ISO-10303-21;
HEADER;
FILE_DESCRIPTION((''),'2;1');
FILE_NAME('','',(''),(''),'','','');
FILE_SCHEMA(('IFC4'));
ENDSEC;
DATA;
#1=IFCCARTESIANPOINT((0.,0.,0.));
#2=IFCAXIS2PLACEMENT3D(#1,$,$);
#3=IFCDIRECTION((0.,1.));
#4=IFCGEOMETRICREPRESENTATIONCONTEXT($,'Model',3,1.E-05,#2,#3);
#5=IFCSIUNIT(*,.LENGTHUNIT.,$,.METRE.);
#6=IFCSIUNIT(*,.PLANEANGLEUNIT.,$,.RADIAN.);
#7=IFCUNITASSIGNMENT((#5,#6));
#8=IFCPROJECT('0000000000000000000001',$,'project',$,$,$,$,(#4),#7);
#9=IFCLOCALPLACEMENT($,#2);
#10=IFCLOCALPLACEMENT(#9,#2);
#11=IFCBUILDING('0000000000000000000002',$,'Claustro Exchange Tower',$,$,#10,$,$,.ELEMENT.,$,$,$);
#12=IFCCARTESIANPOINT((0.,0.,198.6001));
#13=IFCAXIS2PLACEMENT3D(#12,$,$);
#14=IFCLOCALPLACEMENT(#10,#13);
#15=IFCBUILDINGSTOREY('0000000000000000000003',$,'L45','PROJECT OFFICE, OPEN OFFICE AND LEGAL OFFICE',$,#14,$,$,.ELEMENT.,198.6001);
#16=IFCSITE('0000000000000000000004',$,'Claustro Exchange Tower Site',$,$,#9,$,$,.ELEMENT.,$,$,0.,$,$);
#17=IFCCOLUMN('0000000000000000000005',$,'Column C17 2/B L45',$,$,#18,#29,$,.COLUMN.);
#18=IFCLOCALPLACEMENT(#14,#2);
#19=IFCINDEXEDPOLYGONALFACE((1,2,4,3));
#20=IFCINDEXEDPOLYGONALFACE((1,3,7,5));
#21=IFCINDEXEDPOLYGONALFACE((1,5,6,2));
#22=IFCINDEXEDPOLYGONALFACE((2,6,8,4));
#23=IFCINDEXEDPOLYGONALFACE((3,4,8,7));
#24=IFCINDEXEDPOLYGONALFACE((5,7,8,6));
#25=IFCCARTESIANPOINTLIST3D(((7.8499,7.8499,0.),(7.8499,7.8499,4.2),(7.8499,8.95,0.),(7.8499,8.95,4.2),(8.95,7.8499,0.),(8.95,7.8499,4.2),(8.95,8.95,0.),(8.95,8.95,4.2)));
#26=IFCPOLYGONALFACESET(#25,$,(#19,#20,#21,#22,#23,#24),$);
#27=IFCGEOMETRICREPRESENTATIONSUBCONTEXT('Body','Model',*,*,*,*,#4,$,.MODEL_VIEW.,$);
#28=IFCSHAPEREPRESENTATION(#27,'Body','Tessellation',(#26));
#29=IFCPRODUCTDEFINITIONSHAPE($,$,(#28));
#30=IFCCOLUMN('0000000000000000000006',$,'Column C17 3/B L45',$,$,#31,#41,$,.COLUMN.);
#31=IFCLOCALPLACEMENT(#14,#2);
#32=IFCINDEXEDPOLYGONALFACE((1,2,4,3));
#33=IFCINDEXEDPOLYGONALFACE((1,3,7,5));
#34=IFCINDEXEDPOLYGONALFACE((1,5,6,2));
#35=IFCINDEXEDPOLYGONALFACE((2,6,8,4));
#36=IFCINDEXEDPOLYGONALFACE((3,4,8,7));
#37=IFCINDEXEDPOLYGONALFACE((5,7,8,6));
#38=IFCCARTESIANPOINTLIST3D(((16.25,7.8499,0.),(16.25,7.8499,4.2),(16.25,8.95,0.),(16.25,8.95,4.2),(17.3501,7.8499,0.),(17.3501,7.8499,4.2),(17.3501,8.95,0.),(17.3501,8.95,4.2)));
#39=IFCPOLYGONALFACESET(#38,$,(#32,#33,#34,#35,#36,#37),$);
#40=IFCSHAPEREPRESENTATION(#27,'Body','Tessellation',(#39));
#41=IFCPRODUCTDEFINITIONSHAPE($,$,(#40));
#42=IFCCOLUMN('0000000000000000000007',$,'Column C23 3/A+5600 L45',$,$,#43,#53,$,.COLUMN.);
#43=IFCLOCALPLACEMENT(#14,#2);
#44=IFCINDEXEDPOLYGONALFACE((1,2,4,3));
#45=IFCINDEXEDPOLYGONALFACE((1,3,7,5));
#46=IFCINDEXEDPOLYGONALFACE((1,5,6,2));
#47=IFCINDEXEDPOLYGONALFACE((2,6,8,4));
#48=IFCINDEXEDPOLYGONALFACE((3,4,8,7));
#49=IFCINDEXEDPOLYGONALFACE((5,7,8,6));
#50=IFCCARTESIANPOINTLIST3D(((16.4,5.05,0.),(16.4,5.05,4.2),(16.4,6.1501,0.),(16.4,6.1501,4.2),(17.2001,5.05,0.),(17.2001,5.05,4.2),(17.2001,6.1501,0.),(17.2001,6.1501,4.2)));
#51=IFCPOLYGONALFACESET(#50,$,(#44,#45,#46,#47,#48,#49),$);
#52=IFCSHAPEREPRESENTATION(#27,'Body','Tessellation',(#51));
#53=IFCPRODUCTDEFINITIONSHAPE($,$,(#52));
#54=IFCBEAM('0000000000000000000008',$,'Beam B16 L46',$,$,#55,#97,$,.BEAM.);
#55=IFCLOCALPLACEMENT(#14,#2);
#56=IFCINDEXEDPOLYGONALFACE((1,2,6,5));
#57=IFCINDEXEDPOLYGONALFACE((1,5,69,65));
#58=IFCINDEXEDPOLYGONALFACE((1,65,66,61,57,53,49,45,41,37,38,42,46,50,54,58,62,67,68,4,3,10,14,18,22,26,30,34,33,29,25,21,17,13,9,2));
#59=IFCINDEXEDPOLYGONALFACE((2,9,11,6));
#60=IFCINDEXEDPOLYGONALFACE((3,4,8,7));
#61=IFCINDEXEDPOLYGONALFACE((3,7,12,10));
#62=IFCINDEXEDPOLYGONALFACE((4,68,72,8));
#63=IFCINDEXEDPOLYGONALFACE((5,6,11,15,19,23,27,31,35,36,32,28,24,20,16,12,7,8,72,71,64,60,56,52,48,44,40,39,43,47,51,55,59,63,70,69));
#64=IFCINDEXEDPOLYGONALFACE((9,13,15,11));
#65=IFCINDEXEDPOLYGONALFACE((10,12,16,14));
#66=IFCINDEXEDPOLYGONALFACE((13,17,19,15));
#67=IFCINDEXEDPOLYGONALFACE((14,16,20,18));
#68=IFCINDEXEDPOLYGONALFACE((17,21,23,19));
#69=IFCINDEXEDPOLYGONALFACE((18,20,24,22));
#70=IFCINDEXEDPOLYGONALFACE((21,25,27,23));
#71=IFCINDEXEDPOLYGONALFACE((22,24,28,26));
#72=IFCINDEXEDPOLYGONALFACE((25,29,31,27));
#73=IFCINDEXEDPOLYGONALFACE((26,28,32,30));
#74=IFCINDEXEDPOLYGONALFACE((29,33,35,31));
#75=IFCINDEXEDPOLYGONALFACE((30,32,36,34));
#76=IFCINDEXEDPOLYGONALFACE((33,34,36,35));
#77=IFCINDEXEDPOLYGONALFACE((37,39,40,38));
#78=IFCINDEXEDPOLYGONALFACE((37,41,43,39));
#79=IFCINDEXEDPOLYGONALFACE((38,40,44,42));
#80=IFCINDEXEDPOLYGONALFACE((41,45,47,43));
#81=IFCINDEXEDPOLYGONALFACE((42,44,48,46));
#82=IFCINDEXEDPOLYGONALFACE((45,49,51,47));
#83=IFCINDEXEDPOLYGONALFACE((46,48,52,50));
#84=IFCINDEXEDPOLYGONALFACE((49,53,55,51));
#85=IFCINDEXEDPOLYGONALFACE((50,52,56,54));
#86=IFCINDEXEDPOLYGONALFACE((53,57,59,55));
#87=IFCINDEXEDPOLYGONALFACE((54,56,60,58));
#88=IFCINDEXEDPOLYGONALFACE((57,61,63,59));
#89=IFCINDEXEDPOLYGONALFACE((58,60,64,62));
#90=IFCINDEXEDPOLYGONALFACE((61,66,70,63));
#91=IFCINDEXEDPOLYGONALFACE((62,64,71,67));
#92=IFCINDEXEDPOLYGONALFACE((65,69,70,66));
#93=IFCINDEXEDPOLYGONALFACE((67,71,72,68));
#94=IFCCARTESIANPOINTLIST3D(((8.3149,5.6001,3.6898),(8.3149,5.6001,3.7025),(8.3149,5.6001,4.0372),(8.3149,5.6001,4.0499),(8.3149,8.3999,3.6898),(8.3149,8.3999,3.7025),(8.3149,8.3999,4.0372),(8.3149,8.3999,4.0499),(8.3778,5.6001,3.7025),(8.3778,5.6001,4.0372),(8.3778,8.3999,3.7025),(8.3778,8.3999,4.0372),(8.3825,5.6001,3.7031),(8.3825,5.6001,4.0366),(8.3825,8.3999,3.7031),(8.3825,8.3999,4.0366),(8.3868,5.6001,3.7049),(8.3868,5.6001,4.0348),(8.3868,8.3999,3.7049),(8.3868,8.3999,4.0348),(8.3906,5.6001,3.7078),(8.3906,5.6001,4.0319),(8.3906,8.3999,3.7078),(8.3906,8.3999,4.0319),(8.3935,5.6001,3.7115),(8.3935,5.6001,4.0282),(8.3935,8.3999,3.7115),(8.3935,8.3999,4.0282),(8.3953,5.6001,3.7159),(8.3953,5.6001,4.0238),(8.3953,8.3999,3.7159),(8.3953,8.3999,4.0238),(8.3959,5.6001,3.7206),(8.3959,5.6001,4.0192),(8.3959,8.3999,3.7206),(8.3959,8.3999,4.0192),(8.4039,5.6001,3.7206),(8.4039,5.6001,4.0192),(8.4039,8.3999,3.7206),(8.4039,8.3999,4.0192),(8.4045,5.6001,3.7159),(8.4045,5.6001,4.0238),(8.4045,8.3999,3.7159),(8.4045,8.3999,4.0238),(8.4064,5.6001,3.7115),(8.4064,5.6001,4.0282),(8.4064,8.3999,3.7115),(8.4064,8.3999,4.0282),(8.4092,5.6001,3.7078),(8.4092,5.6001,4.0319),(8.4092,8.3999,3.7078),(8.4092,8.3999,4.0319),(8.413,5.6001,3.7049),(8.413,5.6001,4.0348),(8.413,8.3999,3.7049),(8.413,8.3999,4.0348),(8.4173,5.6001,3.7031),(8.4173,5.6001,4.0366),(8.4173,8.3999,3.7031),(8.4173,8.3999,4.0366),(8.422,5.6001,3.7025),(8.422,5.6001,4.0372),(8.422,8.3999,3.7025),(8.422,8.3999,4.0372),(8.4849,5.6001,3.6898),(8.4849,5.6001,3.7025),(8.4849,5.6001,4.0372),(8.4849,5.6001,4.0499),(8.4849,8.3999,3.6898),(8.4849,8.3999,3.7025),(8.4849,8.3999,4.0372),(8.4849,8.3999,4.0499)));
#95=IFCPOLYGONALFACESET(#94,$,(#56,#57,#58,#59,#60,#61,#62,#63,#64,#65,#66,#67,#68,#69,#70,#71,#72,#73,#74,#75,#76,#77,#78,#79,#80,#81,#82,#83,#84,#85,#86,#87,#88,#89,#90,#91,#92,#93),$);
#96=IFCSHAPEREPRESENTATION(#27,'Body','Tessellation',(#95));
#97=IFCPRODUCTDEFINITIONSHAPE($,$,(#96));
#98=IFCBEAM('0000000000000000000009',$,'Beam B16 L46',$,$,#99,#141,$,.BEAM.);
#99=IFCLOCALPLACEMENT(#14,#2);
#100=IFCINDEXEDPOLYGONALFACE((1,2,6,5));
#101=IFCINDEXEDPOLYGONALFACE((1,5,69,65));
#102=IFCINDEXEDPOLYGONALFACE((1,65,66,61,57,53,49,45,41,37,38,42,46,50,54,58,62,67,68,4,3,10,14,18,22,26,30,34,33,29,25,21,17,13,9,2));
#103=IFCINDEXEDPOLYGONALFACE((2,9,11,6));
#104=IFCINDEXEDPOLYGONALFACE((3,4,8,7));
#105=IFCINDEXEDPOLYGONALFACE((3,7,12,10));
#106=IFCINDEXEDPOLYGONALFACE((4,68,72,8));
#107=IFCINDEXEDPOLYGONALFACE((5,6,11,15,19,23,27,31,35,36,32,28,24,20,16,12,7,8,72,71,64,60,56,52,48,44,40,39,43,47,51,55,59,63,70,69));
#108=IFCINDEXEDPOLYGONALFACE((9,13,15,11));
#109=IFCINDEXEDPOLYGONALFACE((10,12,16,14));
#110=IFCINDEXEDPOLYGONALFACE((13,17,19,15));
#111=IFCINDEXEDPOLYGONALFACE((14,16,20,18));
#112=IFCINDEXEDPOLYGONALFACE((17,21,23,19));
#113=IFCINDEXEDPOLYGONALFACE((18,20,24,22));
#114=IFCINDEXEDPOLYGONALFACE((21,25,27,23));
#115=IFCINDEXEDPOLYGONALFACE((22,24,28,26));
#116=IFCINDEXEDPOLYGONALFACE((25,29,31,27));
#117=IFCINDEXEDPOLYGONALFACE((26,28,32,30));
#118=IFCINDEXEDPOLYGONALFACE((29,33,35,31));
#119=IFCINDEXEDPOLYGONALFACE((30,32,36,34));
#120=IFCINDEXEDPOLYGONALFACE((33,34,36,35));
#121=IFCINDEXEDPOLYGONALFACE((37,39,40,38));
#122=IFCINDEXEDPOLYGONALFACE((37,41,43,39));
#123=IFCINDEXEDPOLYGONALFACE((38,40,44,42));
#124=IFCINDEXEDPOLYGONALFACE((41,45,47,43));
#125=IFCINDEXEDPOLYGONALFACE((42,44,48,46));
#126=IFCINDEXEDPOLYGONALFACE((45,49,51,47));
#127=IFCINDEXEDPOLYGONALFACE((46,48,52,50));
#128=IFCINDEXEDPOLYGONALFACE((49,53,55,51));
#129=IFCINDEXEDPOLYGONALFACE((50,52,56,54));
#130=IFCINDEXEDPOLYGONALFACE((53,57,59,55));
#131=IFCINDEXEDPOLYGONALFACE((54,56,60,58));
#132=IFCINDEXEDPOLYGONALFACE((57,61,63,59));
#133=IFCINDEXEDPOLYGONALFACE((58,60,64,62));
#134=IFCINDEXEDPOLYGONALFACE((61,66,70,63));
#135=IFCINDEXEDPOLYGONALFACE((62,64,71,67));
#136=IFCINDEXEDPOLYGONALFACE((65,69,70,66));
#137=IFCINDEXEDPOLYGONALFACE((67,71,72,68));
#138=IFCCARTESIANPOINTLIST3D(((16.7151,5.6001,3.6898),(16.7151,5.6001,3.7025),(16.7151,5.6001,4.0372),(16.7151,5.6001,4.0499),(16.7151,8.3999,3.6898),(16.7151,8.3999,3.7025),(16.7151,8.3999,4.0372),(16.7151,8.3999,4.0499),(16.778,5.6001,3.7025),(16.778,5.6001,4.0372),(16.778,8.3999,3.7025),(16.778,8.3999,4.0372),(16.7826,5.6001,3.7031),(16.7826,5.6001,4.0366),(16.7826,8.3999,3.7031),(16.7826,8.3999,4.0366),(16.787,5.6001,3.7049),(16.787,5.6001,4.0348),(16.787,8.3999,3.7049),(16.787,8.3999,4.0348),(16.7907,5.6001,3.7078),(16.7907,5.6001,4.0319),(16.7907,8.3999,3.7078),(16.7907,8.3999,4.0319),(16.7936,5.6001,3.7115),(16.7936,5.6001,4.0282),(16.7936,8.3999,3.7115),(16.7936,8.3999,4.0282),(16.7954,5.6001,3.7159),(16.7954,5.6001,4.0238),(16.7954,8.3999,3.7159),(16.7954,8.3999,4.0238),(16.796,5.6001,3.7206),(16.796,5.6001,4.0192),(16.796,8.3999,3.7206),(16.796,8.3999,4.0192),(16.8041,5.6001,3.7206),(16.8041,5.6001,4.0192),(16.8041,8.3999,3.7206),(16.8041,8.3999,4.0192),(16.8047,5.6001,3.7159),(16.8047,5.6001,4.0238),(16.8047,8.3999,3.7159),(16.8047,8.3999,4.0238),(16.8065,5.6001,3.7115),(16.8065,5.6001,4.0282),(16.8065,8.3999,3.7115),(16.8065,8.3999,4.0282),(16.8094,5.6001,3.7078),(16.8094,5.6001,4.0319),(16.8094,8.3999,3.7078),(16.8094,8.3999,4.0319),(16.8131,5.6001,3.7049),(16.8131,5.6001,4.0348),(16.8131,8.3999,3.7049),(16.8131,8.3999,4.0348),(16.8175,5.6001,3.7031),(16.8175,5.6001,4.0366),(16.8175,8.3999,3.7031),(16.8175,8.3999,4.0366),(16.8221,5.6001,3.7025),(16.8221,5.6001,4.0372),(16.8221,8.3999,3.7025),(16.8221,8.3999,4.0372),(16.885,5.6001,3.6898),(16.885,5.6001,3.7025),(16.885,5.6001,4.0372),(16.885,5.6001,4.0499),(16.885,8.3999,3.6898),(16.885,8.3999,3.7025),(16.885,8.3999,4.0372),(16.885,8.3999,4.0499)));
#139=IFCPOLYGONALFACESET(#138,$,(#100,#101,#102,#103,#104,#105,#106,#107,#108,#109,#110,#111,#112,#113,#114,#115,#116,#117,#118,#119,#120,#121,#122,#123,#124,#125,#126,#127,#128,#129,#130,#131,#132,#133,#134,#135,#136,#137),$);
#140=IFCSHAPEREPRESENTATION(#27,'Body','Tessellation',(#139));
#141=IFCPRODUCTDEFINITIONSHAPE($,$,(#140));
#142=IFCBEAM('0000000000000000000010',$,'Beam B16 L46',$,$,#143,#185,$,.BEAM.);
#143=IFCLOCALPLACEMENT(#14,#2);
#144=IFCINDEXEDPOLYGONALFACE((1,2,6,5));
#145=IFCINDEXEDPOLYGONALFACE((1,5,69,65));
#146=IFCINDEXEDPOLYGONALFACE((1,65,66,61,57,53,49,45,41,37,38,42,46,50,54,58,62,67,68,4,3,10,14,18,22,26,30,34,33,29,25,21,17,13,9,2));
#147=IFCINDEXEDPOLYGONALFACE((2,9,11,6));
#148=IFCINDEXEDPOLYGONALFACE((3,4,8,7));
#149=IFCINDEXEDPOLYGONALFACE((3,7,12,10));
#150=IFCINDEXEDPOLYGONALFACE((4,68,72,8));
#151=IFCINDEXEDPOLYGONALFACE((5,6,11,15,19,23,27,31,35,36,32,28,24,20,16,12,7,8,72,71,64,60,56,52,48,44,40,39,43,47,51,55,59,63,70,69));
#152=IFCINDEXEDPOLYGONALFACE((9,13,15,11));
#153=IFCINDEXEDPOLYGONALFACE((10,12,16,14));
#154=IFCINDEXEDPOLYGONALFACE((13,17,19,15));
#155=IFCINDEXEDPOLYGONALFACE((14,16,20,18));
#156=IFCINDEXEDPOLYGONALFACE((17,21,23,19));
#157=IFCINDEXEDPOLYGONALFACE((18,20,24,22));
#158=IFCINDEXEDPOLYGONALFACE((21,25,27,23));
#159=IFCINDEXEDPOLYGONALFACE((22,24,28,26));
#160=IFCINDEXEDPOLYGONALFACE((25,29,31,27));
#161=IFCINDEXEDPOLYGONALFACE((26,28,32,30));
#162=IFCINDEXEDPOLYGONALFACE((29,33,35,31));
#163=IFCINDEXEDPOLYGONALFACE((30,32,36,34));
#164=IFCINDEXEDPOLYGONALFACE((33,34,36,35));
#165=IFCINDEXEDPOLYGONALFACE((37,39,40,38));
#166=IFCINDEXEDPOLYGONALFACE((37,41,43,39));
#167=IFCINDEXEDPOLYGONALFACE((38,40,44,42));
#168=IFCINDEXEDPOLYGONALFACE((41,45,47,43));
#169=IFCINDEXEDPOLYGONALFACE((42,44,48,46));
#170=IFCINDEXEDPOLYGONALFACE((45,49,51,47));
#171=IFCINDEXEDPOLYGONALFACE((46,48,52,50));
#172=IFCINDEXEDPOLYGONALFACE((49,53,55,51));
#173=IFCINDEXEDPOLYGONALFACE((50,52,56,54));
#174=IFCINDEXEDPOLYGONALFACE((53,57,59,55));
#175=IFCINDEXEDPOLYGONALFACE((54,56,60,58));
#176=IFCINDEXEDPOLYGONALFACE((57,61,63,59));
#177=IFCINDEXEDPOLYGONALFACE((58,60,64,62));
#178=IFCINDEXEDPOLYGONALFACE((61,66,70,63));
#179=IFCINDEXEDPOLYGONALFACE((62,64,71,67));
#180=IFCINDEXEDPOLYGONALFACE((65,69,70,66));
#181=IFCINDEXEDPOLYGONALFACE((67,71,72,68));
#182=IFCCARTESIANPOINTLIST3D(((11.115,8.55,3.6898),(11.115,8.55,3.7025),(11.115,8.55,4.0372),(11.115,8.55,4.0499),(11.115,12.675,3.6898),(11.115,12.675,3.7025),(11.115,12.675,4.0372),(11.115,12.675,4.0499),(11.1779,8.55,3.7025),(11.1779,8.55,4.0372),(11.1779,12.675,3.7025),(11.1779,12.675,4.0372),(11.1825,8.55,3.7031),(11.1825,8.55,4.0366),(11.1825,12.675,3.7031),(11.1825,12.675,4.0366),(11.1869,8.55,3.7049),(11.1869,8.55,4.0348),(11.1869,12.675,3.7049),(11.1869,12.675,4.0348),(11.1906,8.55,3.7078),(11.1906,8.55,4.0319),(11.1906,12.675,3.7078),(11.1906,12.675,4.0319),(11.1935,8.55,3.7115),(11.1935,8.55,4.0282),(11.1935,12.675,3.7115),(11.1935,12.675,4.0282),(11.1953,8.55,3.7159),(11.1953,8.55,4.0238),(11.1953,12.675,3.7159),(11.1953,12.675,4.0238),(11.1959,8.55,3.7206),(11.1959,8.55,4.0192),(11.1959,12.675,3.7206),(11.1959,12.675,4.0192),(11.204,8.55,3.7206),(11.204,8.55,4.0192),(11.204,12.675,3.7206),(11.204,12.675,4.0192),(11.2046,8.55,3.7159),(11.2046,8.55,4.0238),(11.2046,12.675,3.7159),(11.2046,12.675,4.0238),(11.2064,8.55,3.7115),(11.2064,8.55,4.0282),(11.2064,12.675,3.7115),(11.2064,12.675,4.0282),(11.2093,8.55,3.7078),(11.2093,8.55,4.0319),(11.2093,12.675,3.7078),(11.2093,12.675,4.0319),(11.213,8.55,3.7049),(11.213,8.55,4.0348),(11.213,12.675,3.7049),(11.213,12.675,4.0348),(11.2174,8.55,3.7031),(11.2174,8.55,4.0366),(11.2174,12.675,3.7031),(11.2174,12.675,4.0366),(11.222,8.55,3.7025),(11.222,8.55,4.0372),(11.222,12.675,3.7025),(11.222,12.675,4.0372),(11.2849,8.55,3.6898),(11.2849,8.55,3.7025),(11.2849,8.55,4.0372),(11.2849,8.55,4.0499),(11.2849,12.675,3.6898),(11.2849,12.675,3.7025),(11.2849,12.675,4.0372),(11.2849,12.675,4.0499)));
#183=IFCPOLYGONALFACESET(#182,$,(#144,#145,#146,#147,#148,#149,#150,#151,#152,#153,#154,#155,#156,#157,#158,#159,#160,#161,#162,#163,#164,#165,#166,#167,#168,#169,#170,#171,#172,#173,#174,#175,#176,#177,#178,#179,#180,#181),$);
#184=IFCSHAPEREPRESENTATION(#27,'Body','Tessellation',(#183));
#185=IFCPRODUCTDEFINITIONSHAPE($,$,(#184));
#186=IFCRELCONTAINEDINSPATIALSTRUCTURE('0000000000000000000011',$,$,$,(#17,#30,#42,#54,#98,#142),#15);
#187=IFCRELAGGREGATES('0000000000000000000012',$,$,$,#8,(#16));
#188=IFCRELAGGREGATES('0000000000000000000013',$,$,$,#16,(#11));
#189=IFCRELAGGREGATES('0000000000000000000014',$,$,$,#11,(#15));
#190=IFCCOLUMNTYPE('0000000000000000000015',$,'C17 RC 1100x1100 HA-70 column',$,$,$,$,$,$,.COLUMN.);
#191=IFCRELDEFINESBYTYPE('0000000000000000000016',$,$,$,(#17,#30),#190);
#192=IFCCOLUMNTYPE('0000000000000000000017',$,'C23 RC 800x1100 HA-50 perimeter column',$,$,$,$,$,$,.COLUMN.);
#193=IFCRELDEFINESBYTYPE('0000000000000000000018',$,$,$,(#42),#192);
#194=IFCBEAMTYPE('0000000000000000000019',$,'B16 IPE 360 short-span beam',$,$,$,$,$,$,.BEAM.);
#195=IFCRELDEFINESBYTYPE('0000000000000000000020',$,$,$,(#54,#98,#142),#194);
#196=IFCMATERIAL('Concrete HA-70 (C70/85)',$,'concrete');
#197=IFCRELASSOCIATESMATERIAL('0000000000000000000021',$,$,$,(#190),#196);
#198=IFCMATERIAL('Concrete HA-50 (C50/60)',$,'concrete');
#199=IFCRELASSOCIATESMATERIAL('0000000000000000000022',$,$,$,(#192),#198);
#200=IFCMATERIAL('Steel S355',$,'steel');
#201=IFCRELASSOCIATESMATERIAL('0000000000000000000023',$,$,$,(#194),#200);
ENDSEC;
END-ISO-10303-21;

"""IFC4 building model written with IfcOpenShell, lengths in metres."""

from ifc_helpers import new_model, si_unit, direction, frame, origin, origin_2d, place, context, subcontext, project, spatial, rectangle, i_section, extrude, material, material_profile, profile_set, type_object, element, save


model = new_model("IFC4")

# Units and contexts
model_context = context("Model", 3, precision=1e-05, world=origin(), true_north=direction((0.0, 1.0)))
body_context = subcontext(model_context, "Body", "Model", "MODEL_VIEW")
ifc_project = project(units=[si_unit("LENGTHUNIT", "METRE"), si_unit("PLANEANGLEUNIT", "RADIAN")], contexts=[model_context])

# Site, building, storey
site_placement = place(None, origin())
site = spatial("IfcSite", under=ifc_project, at=site_placement, Name="Claustro Exchange Tower Site", CompositionType="ELEMENT", RefElevation=0.0)
building_placement = place(site_placement, origin())
building = spatial("IfcBuilding", under=site, at=building_placement, Name="Claustro Exchange Tower", CompositionType="ELEMENT")
storey_placement = place(building_placement, frame((0.0, 0.0, 198.6001)))
storey = spatial("IfcBuildingStorey", under=building, at=storey_placement, Name="L45", Description="PROJECT OFFICE, OPEN OFFICE AND LEGAL OFFICE", CompositionType="ELEMENT", Elevation=198.6001)

# Columns
ifc_material_1 = material(Name="Concrete HA-70 (C70/85)", Category="concrete")
ifc_material_profile_1 = material_profile(ifc_material_1, rectangle(XDim=1.1001, YDim=1.1001, at=origin_2d()), Name="RC 1100x1100")
ifc_profile_set_1 = profile_set([ifc_material_profile_1], Name="Concrete HA-70 (C70/85)")
column_type_1 = type_object("IfcColumnType", Name="C17 RC 1100x1100 HA-70 column", PredefinedType="COLUMN", material=ifc_profile_set_1)
for number, where, z_axis, x_axis, name in (
    (1, (8.3999, 8.3999, 0.0), (0.0, 0.0, 1.0), (1.0, 0.0, 0.0), "Column C17 2/B L45"),
    (2, (16.8, 8.3999, 0.0), (0.0, 0.0, 1.0), (1.0, 0.0, 0.0), "Column C17 3/B L45"),
):
    element("IfcColumn", number, at=place(storey_placement, frame(where, z_axis=z_axis, x_axis=x_axis)), inside=storey, type_object=column_type_1, Name=name, PredefinedType="COLUMN", context=body_context, shape_type="SweptSolid", body=[
        extrude(rectangle(XDim=1.1001, YDim=1.1001, at=origin_2d()), origin(), (0.0, 0.0, 1.0), 4.2),
    ])
ifc_material_2 = material(Name="Concrete HA-50 (C50/60)", Category="concrete")
ifc_material_profile_2 = material_profile(ifc_material_2, rectangle(XDim=0.8, YDim=1.1001, at=origin_2d()), Name="RC 800x1100")
ifc_profile_set_2 = profile_set([ifc_material_profile_2], Name="Concrete HA-50 (C50/60)")
column_type_2 = type_object("IfcColumnType", Name="C23 RC 800x1100 HA-50 perimeter column", PredefinedType="COLUMN", material=ifc_profile_set_2)
column_placement = place(storey_placement, frame((16.8, 5.6001, 0.0), z_axis=(0.0, 0.0, 1.0), x_axis=(1.0, 0.0, 0.0)))
element("IfcColumn", 3, at=column_placement, inside=storey, type_object=column_type_2, Name="Column C23 3/A+5600 L45", PredefinedType="COLUMN", context=body_context, shape_type="SweptSolid", body=[
    extrude(rectangle(XDim=0.8, YDim=1.1001, at=origin_2d()), origin(), (0.0, 0.0, 1.0), 4.2),
])

# Beams
ifc_material_3 = material(Name="Steel S355", Category="steel")
ifc_material_profile_3 = material_profile(ifc_material_3, i_section(OverallWidth=0.1699, OverallDepth=0.3601, WebThickness=0.0081, FlangeThickness=0.0127, FilletRadius=0.0181, at=origin_2d()), Name="IPE 360")
ifc_profile_set_3 = profile_set([ifc_material_profile_3], Name="Steel S355")
beam_type_1 = type_object("IfcBeamType", Name="B16 IPE 360 short-span beam", PredefinedType="BEAM", material=ifc_profile_set_3)
for number, where, z_axis, x_axis, name in (
    (4, (8.3999, 5.6001, 3.8699), (0.0, 1.0, 0.0), (-1.0, 0.0, 0.0), "Beam B16 L46"),
    (5, (16.8, 5.6001, 3.8699), (0.0, 1.0, 0.0), (-1.0, 0.0, 0.0), "Beam B16 L46"),
):
    element("IfcBeam", number, at=place(storey_placement, frame(where, z_axis=z_axis, x_axis=x_axis)), inside=storey, type_object=beam_type_1, Name=name, PredefinedType="BEAM", context=body_context, shape_type="SweptSolid", body=[
        extrude(i_section(OverallWidth=0.1699, OverallDepth=0.3601, WebThickness=0.0081, FlangeThickness=0.0127, FilletRadius=0.0181, at=origin_2d()), origin(), (0.0, 0.0, 1.0), 2.7998),
    ])
for number, where, z_axis, x_axis, name in (
    (6, (11.2, 8.55, 3.8699), (0.0, 1.0, 0.0), (-1.0, 0.0, 0.0), "Beam B16 L46"),
):
    element("IfcBeam", number, at=place(storey_placement, frame(where, z_axis=z_axis, x_axis=x_axis)), inside=storey, type_object=beam_type_1, Name=name, PredefinedType="BEAM", context=body_context, shape_type="SweptSolid", body=[
        extrude(i_section(OverallWidth=0.1699, OverallDepth=0.3601, WebThickness=0.0081, FlangeThickness=0.0127, FilletRadius=0.0181, at=origin_2d()), origin(), (0.0, 0.0, 1.0), 4.125),
    ])

save(model, "model.ifc")
